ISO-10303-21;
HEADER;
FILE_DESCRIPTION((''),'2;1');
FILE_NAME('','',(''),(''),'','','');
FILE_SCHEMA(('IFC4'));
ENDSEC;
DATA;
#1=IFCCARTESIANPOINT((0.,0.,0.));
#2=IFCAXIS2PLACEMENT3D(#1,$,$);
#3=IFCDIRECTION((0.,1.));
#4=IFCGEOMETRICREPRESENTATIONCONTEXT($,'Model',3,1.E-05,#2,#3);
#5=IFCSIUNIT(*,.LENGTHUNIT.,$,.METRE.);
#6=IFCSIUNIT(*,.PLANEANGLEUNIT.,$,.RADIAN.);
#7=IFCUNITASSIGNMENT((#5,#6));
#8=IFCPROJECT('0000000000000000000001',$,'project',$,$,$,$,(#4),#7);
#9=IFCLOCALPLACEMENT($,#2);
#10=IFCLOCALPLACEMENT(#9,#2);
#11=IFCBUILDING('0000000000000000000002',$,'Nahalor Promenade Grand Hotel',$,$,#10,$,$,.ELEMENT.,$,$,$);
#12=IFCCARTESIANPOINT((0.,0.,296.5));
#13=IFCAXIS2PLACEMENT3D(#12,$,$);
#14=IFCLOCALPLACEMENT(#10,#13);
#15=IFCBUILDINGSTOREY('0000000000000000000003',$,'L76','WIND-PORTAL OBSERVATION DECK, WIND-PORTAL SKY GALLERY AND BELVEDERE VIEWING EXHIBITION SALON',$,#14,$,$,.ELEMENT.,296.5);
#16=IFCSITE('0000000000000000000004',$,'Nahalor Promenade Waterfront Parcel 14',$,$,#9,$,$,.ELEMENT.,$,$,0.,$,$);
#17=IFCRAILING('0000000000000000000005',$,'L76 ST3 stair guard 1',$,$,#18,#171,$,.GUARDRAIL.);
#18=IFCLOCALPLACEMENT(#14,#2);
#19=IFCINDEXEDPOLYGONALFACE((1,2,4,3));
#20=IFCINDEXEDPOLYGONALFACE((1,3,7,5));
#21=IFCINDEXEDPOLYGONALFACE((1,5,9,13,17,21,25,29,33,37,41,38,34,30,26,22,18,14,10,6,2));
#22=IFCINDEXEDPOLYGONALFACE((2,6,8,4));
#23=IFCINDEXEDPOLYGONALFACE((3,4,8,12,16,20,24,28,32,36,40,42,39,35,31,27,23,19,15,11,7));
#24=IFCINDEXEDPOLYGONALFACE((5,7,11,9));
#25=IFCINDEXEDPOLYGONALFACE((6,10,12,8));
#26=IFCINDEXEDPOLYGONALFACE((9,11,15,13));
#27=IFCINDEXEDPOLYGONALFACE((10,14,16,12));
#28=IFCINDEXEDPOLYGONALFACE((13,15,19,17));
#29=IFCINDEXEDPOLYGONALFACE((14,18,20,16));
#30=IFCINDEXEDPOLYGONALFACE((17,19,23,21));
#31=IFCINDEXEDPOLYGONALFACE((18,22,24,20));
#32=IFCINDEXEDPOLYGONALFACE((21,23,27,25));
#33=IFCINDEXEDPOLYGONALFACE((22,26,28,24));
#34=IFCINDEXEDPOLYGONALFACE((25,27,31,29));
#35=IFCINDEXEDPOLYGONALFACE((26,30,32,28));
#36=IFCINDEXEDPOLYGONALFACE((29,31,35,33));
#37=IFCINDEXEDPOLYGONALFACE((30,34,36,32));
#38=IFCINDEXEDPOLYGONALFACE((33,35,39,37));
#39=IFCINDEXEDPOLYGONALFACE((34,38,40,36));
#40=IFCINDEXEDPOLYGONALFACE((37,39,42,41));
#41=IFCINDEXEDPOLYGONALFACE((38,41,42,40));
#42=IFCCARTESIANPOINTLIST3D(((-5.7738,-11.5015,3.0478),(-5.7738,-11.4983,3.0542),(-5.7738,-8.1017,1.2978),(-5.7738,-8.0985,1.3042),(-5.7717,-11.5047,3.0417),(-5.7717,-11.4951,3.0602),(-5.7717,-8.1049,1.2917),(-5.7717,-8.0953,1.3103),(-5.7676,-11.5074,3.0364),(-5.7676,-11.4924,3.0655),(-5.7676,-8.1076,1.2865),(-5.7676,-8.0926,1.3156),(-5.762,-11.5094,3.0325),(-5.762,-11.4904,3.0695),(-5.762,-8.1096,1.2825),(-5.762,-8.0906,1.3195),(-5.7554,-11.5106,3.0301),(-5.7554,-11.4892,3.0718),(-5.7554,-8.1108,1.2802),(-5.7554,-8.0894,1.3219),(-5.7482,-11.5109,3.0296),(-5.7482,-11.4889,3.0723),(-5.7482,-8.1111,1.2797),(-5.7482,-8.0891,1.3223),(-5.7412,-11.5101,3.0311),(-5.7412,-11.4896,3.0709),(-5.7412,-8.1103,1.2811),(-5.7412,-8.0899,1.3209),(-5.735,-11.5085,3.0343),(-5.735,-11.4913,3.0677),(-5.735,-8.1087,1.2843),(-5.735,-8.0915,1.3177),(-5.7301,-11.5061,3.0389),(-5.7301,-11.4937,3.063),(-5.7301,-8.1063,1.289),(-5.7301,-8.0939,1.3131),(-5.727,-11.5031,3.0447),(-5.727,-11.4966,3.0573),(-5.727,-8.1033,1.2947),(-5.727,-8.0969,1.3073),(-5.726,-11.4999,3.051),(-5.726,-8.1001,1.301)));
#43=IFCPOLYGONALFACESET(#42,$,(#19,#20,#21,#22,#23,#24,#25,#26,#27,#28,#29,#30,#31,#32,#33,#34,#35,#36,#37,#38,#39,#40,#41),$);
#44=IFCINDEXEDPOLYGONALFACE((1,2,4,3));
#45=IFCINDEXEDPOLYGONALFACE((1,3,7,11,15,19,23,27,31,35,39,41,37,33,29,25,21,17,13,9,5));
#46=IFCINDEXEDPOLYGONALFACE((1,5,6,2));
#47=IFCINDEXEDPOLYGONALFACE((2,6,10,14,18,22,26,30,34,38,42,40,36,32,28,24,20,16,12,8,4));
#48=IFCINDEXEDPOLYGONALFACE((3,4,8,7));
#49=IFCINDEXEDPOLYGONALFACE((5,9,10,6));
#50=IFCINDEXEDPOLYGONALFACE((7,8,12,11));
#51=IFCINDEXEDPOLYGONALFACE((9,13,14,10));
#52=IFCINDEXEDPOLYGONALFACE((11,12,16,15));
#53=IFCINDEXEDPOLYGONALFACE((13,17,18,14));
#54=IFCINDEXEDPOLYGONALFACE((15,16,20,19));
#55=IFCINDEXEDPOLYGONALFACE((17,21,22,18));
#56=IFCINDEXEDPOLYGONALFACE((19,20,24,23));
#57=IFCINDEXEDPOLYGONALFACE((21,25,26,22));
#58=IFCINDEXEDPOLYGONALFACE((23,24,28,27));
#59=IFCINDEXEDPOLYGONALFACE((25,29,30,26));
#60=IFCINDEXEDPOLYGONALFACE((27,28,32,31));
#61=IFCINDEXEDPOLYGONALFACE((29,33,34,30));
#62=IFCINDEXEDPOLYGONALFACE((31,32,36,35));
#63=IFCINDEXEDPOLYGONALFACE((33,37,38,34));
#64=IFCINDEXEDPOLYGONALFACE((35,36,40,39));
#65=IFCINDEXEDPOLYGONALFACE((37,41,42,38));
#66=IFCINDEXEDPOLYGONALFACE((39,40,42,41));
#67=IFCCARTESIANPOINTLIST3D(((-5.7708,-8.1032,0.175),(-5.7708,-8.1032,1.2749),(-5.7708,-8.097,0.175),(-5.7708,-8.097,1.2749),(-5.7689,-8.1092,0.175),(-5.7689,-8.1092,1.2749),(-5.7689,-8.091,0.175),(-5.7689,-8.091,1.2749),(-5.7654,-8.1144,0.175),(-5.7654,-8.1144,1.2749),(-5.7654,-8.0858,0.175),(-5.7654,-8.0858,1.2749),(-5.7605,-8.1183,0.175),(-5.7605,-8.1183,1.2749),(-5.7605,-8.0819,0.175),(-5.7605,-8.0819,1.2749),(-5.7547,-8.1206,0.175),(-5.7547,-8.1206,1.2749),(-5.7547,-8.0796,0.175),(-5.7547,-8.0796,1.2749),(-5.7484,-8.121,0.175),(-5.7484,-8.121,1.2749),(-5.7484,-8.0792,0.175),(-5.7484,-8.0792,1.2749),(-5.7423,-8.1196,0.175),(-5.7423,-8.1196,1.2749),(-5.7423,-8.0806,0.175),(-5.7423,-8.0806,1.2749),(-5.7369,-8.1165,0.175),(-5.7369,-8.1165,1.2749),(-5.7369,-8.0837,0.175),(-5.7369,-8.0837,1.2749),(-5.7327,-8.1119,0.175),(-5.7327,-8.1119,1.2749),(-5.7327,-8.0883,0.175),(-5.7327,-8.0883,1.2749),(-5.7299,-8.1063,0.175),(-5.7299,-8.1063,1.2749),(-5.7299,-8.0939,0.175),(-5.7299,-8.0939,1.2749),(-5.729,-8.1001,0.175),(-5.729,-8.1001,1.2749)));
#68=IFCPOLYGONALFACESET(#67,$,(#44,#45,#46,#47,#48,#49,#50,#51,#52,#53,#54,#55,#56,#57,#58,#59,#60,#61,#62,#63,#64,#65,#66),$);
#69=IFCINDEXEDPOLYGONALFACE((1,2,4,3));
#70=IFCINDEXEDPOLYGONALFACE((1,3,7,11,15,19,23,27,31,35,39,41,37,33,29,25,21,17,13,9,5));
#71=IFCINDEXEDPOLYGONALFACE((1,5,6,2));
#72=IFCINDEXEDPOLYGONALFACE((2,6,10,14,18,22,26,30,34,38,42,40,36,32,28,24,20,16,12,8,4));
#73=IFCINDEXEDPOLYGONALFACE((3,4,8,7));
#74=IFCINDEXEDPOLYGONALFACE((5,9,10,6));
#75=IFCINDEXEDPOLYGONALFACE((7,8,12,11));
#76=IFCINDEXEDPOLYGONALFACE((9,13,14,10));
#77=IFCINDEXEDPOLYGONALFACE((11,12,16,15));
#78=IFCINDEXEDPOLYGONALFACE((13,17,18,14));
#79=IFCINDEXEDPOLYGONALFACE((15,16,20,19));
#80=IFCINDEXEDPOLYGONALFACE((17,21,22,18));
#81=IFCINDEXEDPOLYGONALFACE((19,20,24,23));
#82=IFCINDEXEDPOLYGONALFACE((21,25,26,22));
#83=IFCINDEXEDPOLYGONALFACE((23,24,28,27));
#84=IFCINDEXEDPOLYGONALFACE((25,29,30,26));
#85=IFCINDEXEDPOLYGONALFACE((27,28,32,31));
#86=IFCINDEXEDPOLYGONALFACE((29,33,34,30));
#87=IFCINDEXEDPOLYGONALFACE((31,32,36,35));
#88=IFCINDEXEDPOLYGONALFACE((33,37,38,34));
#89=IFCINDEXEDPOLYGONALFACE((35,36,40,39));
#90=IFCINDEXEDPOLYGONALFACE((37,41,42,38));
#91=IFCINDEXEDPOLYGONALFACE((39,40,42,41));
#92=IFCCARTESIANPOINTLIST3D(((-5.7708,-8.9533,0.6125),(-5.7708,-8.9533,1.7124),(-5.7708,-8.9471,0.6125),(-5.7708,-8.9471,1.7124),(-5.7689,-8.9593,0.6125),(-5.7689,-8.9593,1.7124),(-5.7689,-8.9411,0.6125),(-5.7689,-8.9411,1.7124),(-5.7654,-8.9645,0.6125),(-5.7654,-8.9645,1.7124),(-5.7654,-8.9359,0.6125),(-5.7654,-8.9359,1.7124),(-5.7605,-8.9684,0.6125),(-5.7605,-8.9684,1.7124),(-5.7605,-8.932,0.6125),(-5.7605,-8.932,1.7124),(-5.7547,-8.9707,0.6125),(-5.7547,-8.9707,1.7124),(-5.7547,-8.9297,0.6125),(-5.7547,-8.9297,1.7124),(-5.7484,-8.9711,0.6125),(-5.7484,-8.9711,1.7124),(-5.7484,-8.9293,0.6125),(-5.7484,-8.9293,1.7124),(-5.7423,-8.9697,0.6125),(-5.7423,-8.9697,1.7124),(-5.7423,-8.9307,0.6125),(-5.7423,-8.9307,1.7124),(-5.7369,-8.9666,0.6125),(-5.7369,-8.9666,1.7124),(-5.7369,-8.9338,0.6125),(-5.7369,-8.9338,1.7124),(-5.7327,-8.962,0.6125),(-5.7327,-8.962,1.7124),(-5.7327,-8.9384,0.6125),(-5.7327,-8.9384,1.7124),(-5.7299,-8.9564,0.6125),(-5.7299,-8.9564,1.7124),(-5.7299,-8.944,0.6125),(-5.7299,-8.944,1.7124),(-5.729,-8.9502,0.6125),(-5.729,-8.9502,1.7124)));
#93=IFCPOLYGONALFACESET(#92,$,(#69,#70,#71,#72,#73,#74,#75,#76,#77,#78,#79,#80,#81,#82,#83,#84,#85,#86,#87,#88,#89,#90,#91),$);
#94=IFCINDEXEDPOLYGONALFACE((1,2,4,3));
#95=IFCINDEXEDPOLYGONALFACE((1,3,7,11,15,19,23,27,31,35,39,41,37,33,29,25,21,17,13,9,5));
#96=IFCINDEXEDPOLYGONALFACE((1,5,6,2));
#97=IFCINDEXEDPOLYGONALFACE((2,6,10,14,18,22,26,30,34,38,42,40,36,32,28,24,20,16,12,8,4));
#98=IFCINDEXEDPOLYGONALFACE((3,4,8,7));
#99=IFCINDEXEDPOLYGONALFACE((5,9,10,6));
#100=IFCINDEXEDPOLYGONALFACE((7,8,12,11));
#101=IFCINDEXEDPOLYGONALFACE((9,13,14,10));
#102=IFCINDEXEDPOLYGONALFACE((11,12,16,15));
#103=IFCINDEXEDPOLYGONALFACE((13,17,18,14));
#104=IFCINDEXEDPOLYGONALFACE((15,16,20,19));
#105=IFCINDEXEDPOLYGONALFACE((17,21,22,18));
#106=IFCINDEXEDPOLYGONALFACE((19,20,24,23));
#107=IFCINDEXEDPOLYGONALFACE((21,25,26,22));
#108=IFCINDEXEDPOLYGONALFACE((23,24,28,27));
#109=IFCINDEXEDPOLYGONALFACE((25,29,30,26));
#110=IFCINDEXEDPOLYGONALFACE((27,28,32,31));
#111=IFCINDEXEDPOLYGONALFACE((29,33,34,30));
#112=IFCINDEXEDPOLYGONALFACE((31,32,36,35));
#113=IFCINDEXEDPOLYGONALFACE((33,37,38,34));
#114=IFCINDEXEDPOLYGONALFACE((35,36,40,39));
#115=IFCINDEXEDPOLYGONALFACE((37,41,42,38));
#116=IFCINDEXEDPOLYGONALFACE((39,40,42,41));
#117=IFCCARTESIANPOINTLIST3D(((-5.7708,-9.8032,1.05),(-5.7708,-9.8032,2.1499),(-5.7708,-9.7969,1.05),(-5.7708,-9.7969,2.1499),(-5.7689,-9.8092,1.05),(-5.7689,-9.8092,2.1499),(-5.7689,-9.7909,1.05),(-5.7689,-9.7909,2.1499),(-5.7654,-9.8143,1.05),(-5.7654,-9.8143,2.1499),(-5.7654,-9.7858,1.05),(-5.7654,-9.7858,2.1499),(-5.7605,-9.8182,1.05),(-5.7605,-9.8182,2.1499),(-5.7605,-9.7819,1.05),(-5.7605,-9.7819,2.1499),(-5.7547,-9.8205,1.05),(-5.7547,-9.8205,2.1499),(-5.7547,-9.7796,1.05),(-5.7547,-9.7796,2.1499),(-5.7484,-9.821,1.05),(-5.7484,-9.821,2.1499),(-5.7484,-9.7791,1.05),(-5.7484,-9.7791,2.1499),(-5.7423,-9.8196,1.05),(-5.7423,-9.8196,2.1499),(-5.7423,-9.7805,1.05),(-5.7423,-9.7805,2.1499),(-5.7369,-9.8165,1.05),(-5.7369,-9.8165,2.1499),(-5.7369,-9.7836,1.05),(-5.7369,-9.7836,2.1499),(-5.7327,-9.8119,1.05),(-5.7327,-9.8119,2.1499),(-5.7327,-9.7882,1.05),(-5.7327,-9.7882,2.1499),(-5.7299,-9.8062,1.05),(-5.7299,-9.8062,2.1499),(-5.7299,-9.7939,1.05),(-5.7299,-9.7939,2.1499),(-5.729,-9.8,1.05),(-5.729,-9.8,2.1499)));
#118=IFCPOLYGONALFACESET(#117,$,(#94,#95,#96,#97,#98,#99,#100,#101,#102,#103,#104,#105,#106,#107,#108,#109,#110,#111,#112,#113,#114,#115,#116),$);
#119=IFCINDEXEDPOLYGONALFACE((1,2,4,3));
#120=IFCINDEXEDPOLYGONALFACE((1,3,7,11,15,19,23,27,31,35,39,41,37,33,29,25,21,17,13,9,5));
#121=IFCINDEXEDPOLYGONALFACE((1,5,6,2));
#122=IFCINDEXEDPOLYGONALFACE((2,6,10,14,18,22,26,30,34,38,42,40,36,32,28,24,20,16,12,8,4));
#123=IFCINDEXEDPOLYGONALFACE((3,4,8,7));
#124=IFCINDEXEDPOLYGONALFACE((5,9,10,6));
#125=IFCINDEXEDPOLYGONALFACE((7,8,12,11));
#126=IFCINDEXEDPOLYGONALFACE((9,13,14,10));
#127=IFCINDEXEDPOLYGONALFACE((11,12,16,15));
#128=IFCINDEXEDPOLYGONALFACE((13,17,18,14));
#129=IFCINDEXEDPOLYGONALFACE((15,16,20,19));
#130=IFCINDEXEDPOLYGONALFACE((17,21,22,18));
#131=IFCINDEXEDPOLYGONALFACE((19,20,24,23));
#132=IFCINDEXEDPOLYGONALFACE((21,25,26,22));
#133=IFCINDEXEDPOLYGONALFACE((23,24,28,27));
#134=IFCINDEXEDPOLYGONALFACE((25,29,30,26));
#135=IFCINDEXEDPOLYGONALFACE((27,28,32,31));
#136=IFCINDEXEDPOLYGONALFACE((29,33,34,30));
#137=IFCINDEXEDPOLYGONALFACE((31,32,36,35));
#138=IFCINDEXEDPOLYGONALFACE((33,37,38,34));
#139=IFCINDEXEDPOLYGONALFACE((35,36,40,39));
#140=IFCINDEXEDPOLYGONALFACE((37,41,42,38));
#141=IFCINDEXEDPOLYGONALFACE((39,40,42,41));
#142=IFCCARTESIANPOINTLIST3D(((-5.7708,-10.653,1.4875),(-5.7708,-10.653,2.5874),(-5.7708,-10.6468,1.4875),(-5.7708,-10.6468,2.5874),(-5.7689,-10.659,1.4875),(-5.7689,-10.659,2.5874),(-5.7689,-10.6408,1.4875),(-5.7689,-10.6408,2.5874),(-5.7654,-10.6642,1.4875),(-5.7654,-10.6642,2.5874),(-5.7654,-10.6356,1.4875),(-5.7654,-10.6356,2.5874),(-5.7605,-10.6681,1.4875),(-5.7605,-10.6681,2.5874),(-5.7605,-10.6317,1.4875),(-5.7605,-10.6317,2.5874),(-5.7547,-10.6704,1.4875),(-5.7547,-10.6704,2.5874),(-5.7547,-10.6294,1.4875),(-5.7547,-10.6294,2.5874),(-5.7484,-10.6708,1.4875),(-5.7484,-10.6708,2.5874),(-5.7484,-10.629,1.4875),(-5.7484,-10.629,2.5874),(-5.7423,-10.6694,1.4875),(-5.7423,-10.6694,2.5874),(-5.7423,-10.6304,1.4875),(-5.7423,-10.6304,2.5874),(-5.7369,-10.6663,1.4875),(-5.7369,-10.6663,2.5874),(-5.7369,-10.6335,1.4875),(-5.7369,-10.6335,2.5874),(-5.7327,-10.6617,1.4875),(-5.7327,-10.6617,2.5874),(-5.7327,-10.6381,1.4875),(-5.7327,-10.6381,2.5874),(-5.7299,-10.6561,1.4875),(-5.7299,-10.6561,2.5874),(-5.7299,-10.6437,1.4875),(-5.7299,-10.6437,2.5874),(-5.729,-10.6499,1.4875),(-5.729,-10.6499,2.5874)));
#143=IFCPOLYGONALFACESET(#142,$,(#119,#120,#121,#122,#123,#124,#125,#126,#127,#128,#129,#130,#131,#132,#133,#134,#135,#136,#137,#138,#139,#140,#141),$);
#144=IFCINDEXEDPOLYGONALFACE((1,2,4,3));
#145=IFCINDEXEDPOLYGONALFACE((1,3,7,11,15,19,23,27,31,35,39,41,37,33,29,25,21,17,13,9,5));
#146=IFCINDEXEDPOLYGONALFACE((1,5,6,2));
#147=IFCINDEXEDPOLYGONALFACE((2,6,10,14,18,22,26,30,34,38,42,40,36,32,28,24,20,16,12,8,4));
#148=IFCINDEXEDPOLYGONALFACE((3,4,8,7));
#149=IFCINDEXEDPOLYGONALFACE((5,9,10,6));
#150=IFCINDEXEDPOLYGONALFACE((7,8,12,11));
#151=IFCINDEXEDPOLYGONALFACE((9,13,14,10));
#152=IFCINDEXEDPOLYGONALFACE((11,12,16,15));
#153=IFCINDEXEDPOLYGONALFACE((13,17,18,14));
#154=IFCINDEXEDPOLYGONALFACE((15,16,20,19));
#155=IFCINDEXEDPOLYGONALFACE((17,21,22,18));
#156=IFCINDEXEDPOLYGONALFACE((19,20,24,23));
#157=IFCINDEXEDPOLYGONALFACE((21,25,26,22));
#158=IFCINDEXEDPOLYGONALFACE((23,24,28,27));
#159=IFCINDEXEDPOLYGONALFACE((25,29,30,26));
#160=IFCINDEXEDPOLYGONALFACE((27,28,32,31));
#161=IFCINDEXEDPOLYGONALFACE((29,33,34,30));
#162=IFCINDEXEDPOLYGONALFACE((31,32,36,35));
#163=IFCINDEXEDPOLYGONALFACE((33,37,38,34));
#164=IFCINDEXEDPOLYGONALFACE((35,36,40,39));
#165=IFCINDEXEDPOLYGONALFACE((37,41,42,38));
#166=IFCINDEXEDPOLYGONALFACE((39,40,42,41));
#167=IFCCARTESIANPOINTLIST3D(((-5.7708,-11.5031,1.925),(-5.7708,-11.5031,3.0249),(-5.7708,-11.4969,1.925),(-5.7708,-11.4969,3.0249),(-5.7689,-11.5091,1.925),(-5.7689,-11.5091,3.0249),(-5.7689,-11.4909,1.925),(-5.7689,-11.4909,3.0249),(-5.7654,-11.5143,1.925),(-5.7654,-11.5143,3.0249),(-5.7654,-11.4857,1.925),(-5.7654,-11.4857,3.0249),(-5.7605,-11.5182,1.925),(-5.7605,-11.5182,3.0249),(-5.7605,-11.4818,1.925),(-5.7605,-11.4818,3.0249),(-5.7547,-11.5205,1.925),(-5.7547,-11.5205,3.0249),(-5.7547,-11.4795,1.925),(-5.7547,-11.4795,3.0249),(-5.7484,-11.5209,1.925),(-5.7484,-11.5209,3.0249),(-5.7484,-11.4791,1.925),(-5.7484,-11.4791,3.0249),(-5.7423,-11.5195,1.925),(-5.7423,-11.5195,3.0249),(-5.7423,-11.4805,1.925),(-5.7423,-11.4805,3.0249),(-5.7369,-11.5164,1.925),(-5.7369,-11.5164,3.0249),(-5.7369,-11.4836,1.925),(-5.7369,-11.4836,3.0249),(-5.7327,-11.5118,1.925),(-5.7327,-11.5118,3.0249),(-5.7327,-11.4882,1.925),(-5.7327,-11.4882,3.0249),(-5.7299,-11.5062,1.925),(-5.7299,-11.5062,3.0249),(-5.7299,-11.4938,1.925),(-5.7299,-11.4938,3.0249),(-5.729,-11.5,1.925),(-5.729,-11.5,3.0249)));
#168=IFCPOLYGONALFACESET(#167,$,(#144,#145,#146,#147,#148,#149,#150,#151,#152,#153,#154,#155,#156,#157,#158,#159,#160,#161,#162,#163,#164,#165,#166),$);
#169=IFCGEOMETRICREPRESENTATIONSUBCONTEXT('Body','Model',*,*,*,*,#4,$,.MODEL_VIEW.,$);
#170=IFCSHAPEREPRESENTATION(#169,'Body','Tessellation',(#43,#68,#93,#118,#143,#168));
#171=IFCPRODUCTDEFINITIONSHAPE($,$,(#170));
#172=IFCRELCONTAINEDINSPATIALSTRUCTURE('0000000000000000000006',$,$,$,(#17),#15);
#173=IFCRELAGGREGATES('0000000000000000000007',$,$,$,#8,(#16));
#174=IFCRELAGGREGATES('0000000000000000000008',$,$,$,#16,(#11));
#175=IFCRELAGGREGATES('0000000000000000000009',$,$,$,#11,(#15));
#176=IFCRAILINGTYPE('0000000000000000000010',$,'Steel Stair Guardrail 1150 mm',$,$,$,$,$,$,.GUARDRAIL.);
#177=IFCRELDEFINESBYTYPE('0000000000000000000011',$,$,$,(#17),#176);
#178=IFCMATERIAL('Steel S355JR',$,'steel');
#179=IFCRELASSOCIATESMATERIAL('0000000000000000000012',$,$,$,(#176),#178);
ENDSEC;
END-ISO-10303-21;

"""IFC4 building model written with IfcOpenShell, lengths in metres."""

from ifc_helpers import new_model, si_unit, direction, frame, origin, origin_2d, place, context, subcontext, project, spatial, circle, extrude, material, type_object, element, save


model = new_model("IFC4")

# Units and contexts
model_context = context("Model", 3, precision=1e-05, world=origin(), true_north=direction((0.0, 1.0)))
body_context = subcontext(model_context, "Body", "Model", "MODEL_VIEW")
ifc_project = project(units=[si_unit("LENGTHUNIT", "METRE"), si_unit("PLANEANGLEUNIT", "RADIAN")], contexts=[model_context])

# Site, building, storey
site_placement = place(None, origin())
site = spatial("IfcSite", under=ifc_project, at=site_placement, Name="Nahalor Promenade Waterfront Parcel 14", CompositionType="ELEMENT", RefElevation=0.0)
building_placement = place(site_placement, origin())
building = spatial("IfcBuilding", under=site, at=building_placement, Name="Nahalor Promenade Grand Hotel", CompositionType="ELEMENT")
storey_placement = place(building_placement, frame((0.0, 0.0, 296.5)))
storey = spatial("IfcBuildingStorey", under=building, at=storey_placement, Name="L76", Description="WIND-PORTAL OBSERVATION DECK, WIND-PORTAL SKY GALLERY AND BELVEDERE VIEWING EXHIBITION SALON", CompositionType="ELEMENT", Elevation=296.5)

# Shared definitions
ifc_material_1 = material(Name="Steel S355JR", Category="steel")

# Railing
railing_type_1 = type_object("IfcRailingType", Name="Steel Stair Guardrail 1150 mm", PredefinedType="GUARDRAIL", material=ifc_material_1)
railing_1_placement = place(storey_placement, frame((-5.75, -8.1001, 0.175)))
element("IfcRailing", 1, at=railing_1_placement, inside=storey, type_object=railing_type_1, Name="L76 ST3 stair guard 1", PredefinedType="GUARDRAIL", context=body_context, shape_type="SweptSolid", body=[
    extrude(circle(Radius=0.024, at=origin_2d()), frame((0.0, 0.0, 1.126), z_axis=(0.0, -0.88913, 0.457654), x_axis=(1.0, 0.0, 0.0)), (0.0, 0.0, 1.0), 3.8237),
    extrude(circle(Radius=0.021, at=origin_2d()), origin(), (0.0, 0.0, 1.0), 1.0999),
    extrude(circle(Radius=0.021, at=origin_2d()), frame((0.0, -0.8501, 0.4375)), (0.0, 0.0, 1.0), 1.0999),
    extrude(circle(Radius=0.021, at=origin_2d()), frame((0.0, -1.7, 0.875)), (0.0, 0.0, 1.0), 1.0999),
    extrude(circle(Radius=0.021, at=origin_2d()), frame((0.0, -2.5498, 1.3125)), (0.0, 0.0, 1.0), 1.0999),
    extrude(circle(Radius=0.021, at=origin_2d()), frame((0.0, -3.3999, 1.75)), (0.0, 0.0, 1.0), 1.0999),
])

save(model, "model.ifc")
